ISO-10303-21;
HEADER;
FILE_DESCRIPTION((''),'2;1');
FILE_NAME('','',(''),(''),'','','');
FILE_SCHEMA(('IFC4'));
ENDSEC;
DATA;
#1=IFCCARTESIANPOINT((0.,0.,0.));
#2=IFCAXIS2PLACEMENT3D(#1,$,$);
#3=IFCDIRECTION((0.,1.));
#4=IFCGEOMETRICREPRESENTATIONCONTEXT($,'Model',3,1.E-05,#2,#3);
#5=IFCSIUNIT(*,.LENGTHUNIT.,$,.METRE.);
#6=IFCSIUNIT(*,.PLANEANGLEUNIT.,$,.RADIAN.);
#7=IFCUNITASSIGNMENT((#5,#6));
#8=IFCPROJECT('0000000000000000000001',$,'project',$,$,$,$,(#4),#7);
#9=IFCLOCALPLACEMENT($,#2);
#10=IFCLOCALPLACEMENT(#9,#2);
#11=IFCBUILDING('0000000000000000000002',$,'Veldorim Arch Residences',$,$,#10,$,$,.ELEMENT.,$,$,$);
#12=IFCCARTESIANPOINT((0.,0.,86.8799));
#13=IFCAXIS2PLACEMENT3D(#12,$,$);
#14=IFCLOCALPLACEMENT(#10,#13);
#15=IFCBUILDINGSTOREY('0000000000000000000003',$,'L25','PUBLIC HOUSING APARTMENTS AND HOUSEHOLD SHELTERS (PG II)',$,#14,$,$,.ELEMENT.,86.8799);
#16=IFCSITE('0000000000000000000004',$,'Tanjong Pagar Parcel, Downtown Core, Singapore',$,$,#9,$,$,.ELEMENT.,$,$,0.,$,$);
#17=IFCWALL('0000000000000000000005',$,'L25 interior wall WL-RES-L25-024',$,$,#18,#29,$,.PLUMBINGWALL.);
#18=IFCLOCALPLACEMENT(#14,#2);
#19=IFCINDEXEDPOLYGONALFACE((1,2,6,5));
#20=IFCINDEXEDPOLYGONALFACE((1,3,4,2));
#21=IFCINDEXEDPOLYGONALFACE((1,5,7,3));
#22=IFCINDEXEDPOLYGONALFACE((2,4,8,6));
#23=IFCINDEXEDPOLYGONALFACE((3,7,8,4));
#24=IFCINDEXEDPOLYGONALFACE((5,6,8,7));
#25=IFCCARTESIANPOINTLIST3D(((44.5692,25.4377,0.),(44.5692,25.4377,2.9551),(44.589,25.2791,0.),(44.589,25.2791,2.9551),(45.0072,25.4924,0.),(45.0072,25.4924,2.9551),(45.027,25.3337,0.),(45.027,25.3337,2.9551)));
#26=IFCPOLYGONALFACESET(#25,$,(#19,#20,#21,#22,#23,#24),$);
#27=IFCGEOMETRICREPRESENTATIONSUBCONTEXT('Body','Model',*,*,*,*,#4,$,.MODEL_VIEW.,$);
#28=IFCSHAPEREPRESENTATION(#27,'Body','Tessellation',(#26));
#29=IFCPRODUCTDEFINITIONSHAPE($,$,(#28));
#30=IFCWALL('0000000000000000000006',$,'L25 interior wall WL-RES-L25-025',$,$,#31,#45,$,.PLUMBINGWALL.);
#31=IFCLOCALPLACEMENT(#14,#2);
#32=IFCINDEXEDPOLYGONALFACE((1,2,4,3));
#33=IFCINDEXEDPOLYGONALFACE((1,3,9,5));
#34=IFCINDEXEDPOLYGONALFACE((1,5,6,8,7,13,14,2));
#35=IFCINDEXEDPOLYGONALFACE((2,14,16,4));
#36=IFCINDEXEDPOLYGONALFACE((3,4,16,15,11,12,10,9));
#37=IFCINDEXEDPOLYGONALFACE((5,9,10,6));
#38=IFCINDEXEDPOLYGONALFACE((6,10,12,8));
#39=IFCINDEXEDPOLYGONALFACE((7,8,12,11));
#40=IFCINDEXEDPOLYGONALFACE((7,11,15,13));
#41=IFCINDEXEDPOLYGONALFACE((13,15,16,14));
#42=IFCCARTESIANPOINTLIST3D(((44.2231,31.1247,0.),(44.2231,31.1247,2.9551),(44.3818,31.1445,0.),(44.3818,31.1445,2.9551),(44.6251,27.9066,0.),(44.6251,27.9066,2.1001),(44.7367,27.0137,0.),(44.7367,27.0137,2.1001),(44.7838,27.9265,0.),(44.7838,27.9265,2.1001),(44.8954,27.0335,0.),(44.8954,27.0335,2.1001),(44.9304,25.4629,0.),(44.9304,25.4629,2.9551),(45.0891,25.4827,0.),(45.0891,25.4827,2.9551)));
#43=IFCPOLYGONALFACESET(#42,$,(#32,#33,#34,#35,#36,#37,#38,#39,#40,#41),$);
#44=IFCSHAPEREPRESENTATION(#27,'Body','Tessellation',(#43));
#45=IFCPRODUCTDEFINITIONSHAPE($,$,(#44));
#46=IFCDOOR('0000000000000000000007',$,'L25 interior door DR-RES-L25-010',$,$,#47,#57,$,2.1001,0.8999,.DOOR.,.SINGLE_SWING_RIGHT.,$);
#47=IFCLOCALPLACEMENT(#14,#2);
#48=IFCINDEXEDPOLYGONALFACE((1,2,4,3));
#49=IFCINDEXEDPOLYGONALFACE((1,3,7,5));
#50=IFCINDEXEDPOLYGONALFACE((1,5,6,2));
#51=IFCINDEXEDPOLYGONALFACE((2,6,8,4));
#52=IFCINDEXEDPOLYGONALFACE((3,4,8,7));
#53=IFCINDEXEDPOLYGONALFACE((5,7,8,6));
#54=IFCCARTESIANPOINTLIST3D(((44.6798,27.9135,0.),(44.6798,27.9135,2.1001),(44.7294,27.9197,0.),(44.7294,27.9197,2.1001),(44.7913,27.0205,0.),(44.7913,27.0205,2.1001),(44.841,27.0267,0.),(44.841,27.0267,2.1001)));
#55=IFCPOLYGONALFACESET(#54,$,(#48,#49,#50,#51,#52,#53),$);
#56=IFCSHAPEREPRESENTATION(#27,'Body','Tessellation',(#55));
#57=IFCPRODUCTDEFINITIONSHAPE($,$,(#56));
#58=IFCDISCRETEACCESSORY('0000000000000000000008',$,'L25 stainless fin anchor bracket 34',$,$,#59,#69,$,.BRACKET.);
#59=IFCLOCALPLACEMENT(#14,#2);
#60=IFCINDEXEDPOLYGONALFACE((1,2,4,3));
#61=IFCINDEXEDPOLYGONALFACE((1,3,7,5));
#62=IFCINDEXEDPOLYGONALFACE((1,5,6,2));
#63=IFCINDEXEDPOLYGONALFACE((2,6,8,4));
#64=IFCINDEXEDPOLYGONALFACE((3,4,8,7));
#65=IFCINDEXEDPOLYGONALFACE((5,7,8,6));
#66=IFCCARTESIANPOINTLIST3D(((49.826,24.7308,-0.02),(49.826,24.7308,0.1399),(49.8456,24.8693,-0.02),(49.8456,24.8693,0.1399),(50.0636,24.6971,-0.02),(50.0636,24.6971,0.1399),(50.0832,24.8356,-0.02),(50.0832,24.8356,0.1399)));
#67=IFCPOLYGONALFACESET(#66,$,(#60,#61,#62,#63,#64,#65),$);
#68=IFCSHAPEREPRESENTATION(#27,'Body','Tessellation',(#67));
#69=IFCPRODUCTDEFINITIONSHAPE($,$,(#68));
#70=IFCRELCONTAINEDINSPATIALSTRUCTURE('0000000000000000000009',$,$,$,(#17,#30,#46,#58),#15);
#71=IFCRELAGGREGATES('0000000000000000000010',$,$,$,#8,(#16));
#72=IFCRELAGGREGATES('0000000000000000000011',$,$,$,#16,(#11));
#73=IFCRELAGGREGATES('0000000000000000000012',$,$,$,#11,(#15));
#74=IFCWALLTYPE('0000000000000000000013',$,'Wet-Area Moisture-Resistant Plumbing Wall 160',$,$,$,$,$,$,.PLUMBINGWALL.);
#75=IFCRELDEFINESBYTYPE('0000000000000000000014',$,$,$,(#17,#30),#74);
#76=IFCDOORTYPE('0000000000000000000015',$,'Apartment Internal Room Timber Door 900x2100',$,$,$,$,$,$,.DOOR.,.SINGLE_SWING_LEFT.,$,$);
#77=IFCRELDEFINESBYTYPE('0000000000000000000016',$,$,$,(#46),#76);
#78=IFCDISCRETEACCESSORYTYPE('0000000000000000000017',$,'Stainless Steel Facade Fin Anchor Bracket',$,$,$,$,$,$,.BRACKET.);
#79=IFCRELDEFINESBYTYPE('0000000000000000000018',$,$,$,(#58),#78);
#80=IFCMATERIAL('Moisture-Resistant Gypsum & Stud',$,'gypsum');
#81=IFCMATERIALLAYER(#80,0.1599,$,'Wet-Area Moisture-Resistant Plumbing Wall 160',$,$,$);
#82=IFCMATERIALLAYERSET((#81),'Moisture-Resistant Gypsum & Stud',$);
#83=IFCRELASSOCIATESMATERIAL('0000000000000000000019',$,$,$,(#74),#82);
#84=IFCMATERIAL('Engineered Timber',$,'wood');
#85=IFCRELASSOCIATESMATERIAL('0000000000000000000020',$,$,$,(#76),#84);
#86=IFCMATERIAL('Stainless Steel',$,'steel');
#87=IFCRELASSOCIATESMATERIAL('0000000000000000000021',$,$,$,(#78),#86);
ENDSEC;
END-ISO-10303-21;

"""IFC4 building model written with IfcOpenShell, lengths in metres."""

from ifc_helpers import new_model, si_unit, direction, frame, frame_2d, origin, origin_2d, place, context, subcontext, project, spatial, rectangle, extrude, material, layer, layer_set, type_object, element, fill, save


model = new_model("IFC4")

# Units and contexts
model_context = context("Model", 3, precision=1e-05, world=origin(), true_north=direction((0.0, 1.0)))
body_context = subcontext(model_context, "Body", "Model", "MODEL_VIEW")
ifc_project = project(units=[si_unit("LENGTHUNIT", "METRE"), si_unit("PLANEANGLEUNIT", "RADIAN")], contexts=[model_context])

# Site, building, storey
site_placement = place(None, origin())
site = spatial("IfcSite", under=ifc_project, at=site_placement, Name="Tanjong Pagar Parcel, Downtown Core, Singapore", CompositionType="ELEMENT", RefElevation=0.0)
building_placement = place(site_placement, origin())
building = spatial("IfcBuilding", under=site, at=building_placement, Name="Veldorim Arch Residences", CompositionType="ELEMENT")
storey_placement = place(building_placement, frame((0.0, 0.0, 86.8799)))
storey = spatial("IfcBuildingStorey", under=building, at=storey_placement, Name="L25", Description="PUBLIC HOUSING APARTMENTS AND HOUSEHOLD SHELTERS (PG II)", CompositionType="ELEMENT", Elevation=86.8799)

# Shared definitions
ifc_material_1 = material(Name="Moisture-Resistant Gypsum & Stud", Category="gypsum")
ifc_layer_1 = layer(ifc_material_1, 0.1599, Name="Wet-Area Moisture-Resistant Plumbing Wall 160")
ifc_layer_set_1 = layer_set([ifc_layer_1], Name="Moisture-Resistant Gypsum & Stud")
wall_type_1 = type_object("IfcWallType", Name="Wet-Area Moisture-Resistant Plumbing Wall 160", PredefinedType="PLUMBINGWALL", material=ifc_layer_set_1)

# Wall
wall_1_placement = place(storey_placement, frame((44.5791, 25.3584, 0.0), z_axis=(0.0, 0.0, 1.0), x_axis=(0.992295, 0.123899, 0.0)))
element("IfcWall", 1, at=wall_1_placement, inside=storey, type_object=wall_type_1, Name="L25 interior wall WL-RES-L25-024", PredefinedType="PLUMBINGWALL", context=body_context, shape_type="SweptSolid", body=[
    extrude(rectangle(XDim=0.4414, YDim=0.1599, at=frame_2d((0.2207, 0.0))), origin(), (0.0, 0.0, 1.0), 2.9551),
])

# Wall, opening, door
wall_2_placement = place(storey_placement, frame((45.0098, 25.4727, 0.0), z_axis=(0.0, 0.0, 1.0), x_axis=(-0.123956, 0.992288, 0.0)))
wall_2 = element("IfcWall", 2, at=wall_2_placement, inside=storey, type_object=wall_type_1, Name="L25 interior wall WL-RES-L25-025", PredefinedType="PLUMBINGWALL", context=body_context, shape_type="SweptSolid", body=[
    extrude(rectangle(XDim=5.7058, YDim=0.1599, at=frame_2d((2.853, 0.0))), origin(), (0.0, 0.0, 1.0), 2.9551),
])
opening_1_placement = place(wall_2_placement, frame((1.563, 0.0, 0.0)))
opening_1 = element("IfcOpeningElement", 3, at=opening_1_placement, cuts=wall_2, PredefinedType="OPENING", context=body_context, shape_type="SweptSolid", body=[
    extrude(rectangle(XDim=0.8999, YDim=2.1001, at=frame_2d((0.45, 1.05))), frame((0.0, 0.0898, 0.0), z_axis=(0.0, -1.0, 0.0), x_axis=(1.0, 0.0, 0.0)), (0.0, 0.0, 1.0), 0.1799),
])
ifc_material_2 = material(Name="Engineered Timber", Category="wood")
door_type_1 = type_object("IfcDoorType", Name="Apartment Internal Room Timber Door 900x2100", OperationType="SINGLE_SWING_LEFT", PredefinedType="DOOR", material=ifc_material_2)
door_1_placement = place(opening_1_placement, origin())
door_1 = element("IfcDoor", 4, at=door_1_placement, inside=storey, type_object=door_type_1, Name="L25 interior door DR-RES-L25-010", OperationType="SINGLE_SWING_RIGHT", OverallHeight=2.1001, OverallWidth=0.8999, PredefinedType="DOOR", context=body_context, shape_type="SweptSolid", body=[
    extrude(rectangle(XDim=0.8999, YDim=2.1001, at=frame_2d((0.45, 1.05))), frame((0.0, 0.0249, 0.0), z_axis=(0.0, -1.0, 0.0), x_axis=(1.0, 0.0, 0.0)), (0.0, 0.0, 1.0), 0.05),
])
fill(opening_1, door_1)

# Discrete accessory
ifc_material_3 = material(Name="Stainless Steel", Category="steel")
discrete_accessory_type = type_object("IfcDiscreteAccessoryType", Name="Stainless Steel Facade Fin Anchor Bracket", PredefinedType="BRACKET", material=ifc_material_3)
discrete_accessory_placement = place(storey_placement, frame((49.9546, 24.7832, -0.02), z_axis=(0.0, 0.0, 1.0), x_axis=(-0.140556, -0.990073, 0.0)))
element("IfcDiscreteAccessory", 5, at=discrete_accessory_placement, inside=storey, type_object=discrete_accessory_type, Name="L25 stainless fin anchor bracket 34", PredefinedType="BRACKET", context=body_context, shape_type="SweptSolid", body=[
    extrude(rectangle(XDim=0.1399, YDim=0.24, at=origin_2d()), origin(), (0.0, 0.0, 1.0), 0.1599),
])

save(model, "model.ifc")
